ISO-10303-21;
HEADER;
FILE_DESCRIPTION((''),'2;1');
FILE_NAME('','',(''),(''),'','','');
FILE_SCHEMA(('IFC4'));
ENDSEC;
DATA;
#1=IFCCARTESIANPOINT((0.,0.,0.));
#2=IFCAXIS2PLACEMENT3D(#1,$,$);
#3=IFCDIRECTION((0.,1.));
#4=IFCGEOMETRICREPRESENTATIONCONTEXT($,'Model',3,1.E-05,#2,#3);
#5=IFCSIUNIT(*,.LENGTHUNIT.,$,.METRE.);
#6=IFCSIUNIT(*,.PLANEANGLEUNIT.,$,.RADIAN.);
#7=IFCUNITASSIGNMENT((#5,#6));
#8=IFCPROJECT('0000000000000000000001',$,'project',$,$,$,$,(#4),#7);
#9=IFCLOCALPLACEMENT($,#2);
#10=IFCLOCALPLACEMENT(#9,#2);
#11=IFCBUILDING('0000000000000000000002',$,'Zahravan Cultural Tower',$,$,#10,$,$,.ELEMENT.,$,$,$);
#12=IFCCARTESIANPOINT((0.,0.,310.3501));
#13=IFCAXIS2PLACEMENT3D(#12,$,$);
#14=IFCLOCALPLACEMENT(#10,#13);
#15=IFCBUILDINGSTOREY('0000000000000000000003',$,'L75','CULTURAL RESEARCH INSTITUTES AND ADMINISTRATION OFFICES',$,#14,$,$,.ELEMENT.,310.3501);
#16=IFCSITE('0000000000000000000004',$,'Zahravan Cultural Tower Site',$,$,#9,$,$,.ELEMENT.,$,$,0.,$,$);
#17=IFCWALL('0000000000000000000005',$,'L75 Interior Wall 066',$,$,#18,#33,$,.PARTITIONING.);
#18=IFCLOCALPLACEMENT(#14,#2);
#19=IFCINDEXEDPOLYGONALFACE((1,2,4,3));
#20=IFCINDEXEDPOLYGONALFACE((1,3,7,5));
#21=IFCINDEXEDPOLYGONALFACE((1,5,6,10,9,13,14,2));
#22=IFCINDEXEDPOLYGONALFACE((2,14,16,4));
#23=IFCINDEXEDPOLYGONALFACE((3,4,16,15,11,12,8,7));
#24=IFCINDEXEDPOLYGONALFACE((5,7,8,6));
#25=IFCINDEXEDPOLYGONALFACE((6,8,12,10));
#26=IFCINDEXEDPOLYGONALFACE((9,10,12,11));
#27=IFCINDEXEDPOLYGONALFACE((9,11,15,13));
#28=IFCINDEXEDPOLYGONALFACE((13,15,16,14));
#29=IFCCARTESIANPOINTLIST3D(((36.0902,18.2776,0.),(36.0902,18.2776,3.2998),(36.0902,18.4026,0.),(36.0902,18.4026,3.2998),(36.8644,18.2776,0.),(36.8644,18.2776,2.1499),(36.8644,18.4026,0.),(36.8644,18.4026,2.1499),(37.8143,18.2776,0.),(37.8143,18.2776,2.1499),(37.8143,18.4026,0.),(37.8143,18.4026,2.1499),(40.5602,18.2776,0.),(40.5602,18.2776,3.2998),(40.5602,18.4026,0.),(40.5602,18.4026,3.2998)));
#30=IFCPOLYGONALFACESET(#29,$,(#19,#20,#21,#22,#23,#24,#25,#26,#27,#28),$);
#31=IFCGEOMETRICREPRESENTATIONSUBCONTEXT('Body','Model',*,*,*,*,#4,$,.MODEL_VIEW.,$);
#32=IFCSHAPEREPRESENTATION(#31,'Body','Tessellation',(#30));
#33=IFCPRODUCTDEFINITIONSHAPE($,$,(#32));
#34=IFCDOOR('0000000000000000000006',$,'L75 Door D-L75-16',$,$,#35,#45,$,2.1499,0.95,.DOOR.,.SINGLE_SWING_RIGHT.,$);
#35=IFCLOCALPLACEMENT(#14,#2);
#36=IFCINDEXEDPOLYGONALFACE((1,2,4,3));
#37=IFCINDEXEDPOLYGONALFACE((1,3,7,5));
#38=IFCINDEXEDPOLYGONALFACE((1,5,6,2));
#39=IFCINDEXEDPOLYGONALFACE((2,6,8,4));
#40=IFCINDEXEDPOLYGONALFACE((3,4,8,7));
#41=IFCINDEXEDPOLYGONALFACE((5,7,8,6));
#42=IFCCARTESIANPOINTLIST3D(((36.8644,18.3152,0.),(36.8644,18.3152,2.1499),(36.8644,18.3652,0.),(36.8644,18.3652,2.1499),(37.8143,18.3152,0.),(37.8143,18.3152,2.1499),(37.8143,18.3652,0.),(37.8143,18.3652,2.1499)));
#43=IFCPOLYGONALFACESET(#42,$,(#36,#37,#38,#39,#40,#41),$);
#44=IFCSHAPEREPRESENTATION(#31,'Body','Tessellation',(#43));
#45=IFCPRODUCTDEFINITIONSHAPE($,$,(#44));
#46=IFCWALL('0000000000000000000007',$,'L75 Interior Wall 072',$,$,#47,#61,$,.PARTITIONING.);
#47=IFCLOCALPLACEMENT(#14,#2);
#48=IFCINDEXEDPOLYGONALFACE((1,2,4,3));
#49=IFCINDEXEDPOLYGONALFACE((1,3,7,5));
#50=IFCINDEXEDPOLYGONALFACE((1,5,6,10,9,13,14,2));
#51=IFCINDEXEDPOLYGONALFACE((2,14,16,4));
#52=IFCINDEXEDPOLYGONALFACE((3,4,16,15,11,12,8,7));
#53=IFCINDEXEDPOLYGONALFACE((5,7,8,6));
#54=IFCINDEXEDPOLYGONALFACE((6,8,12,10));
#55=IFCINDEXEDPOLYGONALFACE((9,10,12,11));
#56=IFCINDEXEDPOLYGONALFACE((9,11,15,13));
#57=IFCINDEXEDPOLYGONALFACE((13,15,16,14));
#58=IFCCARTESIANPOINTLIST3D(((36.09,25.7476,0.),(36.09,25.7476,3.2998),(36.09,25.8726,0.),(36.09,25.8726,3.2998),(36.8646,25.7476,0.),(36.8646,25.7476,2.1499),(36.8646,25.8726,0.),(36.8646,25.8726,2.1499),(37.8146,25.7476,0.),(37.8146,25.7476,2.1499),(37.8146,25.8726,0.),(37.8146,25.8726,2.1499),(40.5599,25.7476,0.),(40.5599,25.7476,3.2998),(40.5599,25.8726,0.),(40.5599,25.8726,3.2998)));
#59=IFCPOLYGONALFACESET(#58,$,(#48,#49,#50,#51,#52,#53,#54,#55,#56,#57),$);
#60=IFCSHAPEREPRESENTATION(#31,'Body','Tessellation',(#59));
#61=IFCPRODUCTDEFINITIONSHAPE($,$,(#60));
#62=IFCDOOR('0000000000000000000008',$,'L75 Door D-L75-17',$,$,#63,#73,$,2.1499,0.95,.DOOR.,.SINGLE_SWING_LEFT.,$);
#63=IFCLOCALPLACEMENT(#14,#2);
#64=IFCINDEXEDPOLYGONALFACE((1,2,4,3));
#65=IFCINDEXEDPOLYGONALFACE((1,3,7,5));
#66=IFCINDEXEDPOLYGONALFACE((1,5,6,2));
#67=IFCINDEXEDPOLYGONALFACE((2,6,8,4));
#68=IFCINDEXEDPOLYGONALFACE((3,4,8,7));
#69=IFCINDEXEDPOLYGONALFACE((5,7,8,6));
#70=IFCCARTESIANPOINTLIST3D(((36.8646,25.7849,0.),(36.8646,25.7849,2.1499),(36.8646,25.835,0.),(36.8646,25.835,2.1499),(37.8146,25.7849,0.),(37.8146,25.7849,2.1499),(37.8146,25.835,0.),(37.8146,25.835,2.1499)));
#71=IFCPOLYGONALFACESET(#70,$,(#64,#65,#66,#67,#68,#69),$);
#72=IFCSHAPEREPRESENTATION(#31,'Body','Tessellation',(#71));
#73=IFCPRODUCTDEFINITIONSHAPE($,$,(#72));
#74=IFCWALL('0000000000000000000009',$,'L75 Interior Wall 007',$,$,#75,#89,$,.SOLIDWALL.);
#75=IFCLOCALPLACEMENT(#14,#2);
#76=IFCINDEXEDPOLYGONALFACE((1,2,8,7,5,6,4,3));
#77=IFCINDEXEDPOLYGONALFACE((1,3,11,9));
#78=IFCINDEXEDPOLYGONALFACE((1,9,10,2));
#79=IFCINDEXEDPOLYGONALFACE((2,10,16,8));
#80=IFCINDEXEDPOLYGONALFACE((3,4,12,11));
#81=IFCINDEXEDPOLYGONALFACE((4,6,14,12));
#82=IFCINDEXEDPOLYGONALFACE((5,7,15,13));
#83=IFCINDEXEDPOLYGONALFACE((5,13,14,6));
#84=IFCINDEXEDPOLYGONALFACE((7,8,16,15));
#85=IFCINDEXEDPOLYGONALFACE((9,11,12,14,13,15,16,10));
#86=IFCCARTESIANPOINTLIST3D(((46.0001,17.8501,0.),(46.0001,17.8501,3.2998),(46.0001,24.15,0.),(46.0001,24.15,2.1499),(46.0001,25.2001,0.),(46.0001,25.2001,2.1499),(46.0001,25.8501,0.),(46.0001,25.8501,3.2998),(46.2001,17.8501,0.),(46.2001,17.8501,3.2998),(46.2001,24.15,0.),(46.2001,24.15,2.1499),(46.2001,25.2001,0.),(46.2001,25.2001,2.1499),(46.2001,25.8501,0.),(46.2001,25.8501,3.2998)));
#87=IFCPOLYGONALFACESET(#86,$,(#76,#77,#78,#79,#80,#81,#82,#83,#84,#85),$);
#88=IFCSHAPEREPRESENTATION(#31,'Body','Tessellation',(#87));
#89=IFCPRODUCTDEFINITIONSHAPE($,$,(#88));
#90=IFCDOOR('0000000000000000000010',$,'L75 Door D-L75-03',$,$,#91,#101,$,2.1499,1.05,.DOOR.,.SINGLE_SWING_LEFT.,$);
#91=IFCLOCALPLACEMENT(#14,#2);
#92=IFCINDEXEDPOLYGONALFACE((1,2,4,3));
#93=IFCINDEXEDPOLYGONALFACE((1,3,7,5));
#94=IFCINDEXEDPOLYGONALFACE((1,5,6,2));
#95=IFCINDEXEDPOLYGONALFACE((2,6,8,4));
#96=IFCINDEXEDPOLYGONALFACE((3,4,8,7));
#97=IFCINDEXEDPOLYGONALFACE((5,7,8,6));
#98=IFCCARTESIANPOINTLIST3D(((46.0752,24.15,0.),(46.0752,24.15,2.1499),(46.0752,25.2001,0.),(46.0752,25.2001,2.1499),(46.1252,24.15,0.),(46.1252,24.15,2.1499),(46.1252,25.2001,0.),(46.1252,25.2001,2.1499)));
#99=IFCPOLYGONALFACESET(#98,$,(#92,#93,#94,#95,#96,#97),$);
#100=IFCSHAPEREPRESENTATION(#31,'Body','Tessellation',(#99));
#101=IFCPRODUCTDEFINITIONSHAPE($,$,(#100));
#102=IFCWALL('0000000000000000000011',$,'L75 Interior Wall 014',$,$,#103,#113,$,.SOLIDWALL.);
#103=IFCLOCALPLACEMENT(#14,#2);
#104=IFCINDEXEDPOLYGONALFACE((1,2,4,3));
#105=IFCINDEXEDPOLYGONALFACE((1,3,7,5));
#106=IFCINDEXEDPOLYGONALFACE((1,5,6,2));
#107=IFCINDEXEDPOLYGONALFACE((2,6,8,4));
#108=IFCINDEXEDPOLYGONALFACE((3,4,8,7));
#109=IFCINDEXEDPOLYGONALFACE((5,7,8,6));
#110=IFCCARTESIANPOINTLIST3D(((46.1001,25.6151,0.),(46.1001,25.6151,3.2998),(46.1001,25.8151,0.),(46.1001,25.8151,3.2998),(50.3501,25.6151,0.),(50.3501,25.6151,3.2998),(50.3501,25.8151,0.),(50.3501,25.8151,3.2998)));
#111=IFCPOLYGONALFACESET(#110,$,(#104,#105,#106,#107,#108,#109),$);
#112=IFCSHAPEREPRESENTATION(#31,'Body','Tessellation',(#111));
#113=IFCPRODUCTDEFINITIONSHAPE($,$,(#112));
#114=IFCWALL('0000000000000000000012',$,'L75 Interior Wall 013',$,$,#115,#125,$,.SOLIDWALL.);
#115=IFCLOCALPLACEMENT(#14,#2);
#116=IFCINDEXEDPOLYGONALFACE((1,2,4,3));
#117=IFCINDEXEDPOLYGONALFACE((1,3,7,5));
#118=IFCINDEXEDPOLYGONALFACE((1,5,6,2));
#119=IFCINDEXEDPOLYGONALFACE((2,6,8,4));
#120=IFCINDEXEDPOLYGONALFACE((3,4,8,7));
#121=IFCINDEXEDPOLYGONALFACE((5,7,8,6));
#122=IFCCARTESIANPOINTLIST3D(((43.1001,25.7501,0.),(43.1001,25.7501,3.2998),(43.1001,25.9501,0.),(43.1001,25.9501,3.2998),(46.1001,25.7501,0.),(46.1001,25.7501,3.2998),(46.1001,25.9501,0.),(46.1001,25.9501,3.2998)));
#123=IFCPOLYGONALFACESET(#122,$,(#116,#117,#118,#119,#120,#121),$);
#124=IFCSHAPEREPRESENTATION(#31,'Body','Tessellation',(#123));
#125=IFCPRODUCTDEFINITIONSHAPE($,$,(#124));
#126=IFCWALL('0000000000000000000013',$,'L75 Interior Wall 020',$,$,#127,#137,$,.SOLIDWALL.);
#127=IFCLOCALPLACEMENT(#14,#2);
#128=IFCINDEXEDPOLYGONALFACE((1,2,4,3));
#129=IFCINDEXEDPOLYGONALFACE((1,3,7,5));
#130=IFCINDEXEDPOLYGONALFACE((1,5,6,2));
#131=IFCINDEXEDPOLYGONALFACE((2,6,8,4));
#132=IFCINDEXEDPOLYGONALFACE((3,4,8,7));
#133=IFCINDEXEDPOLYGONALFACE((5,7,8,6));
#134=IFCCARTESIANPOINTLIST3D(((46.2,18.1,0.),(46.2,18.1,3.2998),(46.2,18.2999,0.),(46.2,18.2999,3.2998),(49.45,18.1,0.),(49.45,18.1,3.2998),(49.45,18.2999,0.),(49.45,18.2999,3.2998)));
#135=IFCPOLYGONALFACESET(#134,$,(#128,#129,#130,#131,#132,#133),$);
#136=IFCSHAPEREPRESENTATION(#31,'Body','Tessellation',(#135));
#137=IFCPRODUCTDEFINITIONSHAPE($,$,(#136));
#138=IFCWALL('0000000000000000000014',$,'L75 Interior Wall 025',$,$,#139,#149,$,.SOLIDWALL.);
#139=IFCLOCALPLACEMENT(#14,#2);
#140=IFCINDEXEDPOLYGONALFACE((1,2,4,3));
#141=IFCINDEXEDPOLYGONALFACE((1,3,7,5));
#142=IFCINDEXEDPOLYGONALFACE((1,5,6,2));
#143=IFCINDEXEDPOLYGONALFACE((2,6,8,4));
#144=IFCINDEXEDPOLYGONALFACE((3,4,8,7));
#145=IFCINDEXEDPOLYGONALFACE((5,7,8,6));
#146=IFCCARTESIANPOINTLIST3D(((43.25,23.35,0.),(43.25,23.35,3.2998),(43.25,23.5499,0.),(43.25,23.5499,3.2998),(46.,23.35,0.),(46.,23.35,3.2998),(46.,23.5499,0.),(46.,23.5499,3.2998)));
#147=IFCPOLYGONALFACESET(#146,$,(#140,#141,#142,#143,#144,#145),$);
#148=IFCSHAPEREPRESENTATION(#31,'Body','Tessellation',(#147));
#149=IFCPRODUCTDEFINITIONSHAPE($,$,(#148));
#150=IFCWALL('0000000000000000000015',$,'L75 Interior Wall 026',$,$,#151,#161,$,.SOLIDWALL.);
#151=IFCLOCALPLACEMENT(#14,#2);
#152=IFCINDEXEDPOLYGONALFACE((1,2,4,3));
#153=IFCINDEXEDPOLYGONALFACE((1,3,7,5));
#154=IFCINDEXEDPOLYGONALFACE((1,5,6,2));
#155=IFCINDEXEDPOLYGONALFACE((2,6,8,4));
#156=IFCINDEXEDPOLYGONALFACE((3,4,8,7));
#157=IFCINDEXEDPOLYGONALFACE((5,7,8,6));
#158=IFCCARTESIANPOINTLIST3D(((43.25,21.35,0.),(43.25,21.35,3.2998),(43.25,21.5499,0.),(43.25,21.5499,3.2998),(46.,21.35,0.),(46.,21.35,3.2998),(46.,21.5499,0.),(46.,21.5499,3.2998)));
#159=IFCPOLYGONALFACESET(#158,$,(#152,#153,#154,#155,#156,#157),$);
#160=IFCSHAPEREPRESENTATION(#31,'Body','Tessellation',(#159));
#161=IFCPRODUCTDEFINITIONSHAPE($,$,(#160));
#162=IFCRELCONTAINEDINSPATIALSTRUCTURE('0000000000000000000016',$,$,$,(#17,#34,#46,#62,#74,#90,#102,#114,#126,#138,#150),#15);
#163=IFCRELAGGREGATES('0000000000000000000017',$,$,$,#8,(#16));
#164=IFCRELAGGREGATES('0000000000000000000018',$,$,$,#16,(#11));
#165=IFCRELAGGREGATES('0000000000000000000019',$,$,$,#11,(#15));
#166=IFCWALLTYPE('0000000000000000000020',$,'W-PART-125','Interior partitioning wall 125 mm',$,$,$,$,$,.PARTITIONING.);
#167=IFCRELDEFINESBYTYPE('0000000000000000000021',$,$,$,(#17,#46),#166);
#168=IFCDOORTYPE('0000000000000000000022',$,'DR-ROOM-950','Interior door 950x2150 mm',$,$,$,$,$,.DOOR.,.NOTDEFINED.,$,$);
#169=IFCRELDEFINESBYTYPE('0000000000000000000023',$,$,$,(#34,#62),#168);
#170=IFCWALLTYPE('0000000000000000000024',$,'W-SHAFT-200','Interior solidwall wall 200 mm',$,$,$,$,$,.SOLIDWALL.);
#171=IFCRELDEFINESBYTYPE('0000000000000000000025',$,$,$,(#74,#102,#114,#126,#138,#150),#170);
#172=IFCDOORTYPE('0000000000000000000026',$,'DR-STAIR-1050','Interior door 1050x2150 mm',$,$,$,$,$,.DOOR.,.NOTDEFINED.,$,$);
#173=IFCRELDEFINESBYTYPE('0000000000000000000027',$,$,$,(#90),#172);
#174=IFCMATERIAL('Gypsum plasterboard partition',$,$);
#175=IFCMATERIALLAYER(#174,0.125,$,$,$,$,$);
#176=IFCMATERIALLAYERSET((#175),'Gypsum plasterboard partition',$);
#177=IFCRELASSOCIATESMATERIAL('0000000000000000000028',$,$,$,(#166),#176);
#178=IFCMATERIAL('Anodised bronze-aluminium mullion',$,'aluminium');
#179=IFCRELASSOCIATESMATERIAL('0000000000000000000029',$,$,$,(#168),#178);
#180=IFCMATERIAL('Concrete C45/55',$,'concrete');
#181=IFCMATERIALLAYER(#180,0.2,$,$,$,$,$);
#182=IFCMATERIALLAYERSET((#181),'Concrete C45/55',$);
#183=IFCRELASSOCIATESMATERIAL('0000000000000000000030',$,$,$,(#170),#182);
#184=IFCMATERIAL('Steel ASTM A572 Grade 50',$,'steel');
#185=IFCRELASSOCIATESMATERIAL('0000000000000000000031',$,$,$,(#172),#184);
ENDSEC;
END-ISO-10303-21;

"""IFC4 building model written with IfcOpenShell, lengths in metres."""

from ifc_helpers import new_model, si_unit, direction, frame, frame_2d, origin, place, context, subcontext, project, spatial, rectangle, extrude, source, transform, mapped, material, layer, layer_set, type_object, element, fill, save


model = new_model("IFC4")

# Units and contexts
model_context = context("Model", 3, precision=1e-05, world=origin(), true_north=direction((0.0, 1.0)))
body_context = subcontext(model_context, "Body", "Model", "MODEL_VIEW")
ifc_project = project(units=[si_unit("LENGTHUNIT", "METRE"), si_unit("PLANEANGLEUNIT", "RADIAN")], contexts=[model_context])

# Site, building, storey
site_placement = place(None, origin())
site = spatial("IfcSite", under=ifc_project, at=site_placement, Name="Zahravan Cultural Tower Site", CompositionType="ELEMENT", RefElevation=0.0)
building_placement = place(site_placement, origin())
building = spatial("IfcBuilding", under=site, at=building_placement, Name="Zahravan Cultural Tower", CompositionType="ELEMENT")
storey_placement = place(building_placement, frame((0.0, 0.0, 310.3501)))
storey = spatial("IfcBuildingStorey", under=building, at=storey_placement, Name="L75", Description="CULTURAL RESEARCH INSTITUTES AND ADMINISTRATION OFFICES", CompositionType="ELEMENT", Elevation=310.3501)

# Walls, openings, doors
ifc_material_1 = material(Name="Gypsum plasterboard partition")
ifc_layer_1 = layer(ifc_material_1, 0.125)
ifc_layer_set_1 = layer_set([ifc_layer_1], Name="Gypsum plasterboard partition")
wall_type_1 = type_object("IfcWallType", Name="W-PART-125", Description="Interior partitioning wall 125 mm", PredefinedType="PARTITIONING", material=ifc_layer_set_1)
ifc_material_2 = material(Name="Anodised bronze-aluminium mullion", Category="aluminium")
door_type_1 = type_object("IfcDoorType", Name="DR-ROOM-950", Description="Interior door 950x2150 mm", OperationType="NOTDEFINED", PredefinedType="DOOR", material=ifc_material_2)
shared_shape_1 = source(origin(), body_context, "Body", "SweptSolid", [
    extrude(rectangle(XDim=0.95, YDim=2.1499, at=frame_2d((0.4751, 1.075))), frame((0.0, 0.0249, 0.0), z_axis=(0.0, -1.0, 0.0), x_axis=(1.0, 0.0, 0.0)), (0.0, 0.0, 1.0), 0.05),
])
wall_1_placement = place(storey_placement, frame((40.5601, 18.3401, 0.0), z_axis=(0.0, 0.0, 1.0), x_axis=(-1.0, 0.0, 0.0)))
wall_1 = element("IfcWall", 1, at=wall_1_placement, inside=storey, type_object=wall_type_1, Name="L75 Interior Wall 066", PredefinedType="PARTITIONING", context=body_context, shape_type="SweptSolid", body=[
    extrude(rectangle(XDim=4.47, YDim=0.125, at=frame_2d((2.2349, 0.0))), origin(), (0.0, 0.0, 1.0), 3.2998),
])
opening_1_placement = place(wall_1_placement, frame((2.7456, 0.0, 0.0)))
opening_1 = element("IfcOpeningElement", 2, at=opening_1_placement, cuts=wall_1, PredefinedType="OPENING", context=body_context, shape_type="SweptSolid", body=[
    extrude(rectangle(XDim=0.95, YDim=2.1499, at=frame_2d((0.4751, 1.075))), frame((0.0, 0.0725, 0.0), z_axis=(0.0, -1.0, 0.0), x_axis=(1.0, 0.0, 0.0)), (0.0, 0.0, 1.0), 0.145),
])
door_1_placement = place(opening_1_placement, origin())
door_1 = element("IfcDoor", 3, at=door_1_placement, inside=storey, type_object=door_type_1, Name="L75 Door D-L75-16", OperationType="SINGLE_SWING_RIGHT", OverallHeight=2.1499, OverallWidth=0.95, PredefinedType="DOOR", context=body_context, shape_type="MappedRepresentation", body=[
    mapped(shared_shape_1, transform((0.0, 0.0, 0.0), x_axis=(1.0, 0.0, 0.0), y_axis=(0.0, 1.0, 0.0), z_axis=(0.0, 0.0, 1.0), scale=1.0)),
])
fill(opening_1, door_1)
wall_2_placement = place(storey_placement, frame((36.0901, 25.8101, 0.0), z_axis=(0.0, 0.0, 1.0), x_axis=(1.0, 0.0, 0.0)))
wall_2 = element("IfcWall", 4, at=wall_2_placement, inside=storey, type_object=wall_type_1, Name="L75 Interior Wall 072", PredefinedType="PARTITIONING", context=body_context, shape_type="SweptSolid", body=[
    extrude(rectangle(XDim=4.47, YDim=0.125, at=frame_2d((2.2349, 0.0))), origin(), (0.0, 0.0, 1.0), 3.2998),
])
opening_2_placement = place(wall_2_placement, frame((0.7744, 0.0, 0.0)))
opening_2 = element("IfcOpeningElement", 5, at=opening_2_placement, cuts=wall_2, PredefinedType="OPENING", context=body_context, shape_type="SweptSolid", body=[
    extrude(rectangle(XDim=0.95, YDim=2.1499, at=frame_2d((0.4751, 1.075))), frame((0.0, 0.0725, 0.0), z_axis=(0.0, -1.0, 0.0), x_axis=(1.0, 0.0, 0.0)), (0.0, 0.0, 1.0), 0.145),
])
door_2_placement = place(opening_2_placement, origin())
door_2 = element("IfcDoor", 6, at=door_2_placement, inside=storey, type_object=door_type_1, Name="L75 Door D-L75-17", OperationType="SINGLE_SWING_LEFT", OverallHeight=2.1499, OverallWidth=0.95, PredefinedType="DOOR", context=body_context, shape_type="MappedRepresentation", body=[
    mapped(shared_shape_1, transform((0.0, 0.0, 0.0), x_axis=(1.0, 0.0, 0.0), y_axis=(0.0, 1.0, 0.0), z_axis=(0.0, 0.0, 1.0), scale=1.0)),
])
fill(opening_2, door_2)
ifc_material_3 = material(Name="Concrete C45/55", Category="concrete")
ifc_layer_2 = layer(ifc_material_3, 0.2)
ifc_layer_set_2 = layer_set([ifc_layer_2], Name="Concrete C45/55")
wall_type_2 = type_object("IfcWallType", Name="W-SHAFT-200", Description="Interior solidwall wall 200 mm", PredefinedType="SOLIDWALL", material=ifc_layer_set_2)
wall_3_placement = place(storey_placement, frame((46.1001, 17.8501, 0.0), z_axis=(0.0, 0.0, 1.0), x_axis=(0.0, 1.0, 0.0)))
wall_3 = element("IfcWall", 7, at=wall_3_placement, inside=storey, type_object=wall_type_2, Name="L75 Interior Wall 007", PredefinedType="SOLIDWALL", context=body_context, shape_type="SweptSolid", body=[
    extrude(rectangle(XDim=8.0, YDim=0.2, at=frame_2d((4.0, 0.0))), origin(), (0.0, 0.0, 1.0), 3.2998),
])
opening_3_placement = place(wall_3_placement, frame((6.3, 0.0, 0.0)))
opening_3 = element("IfcOpeningElement", 8, at=opening_3_placement, cuts=wall_3, PredefinedType="OPENING", context=body_context, shape_type="SweptSolid", body=[
    extrude(rectangle(XDim=1.05, YDim=2.1499, at=frame_2d((0.5249, 1.075))), frame((0.0, 0.1099, 0.0), z_axis=(0.0, -1.0, 0.0), x_axis=(1.0, 0.0, 0.0)), (0.0, 0.0, 1.0), 0.22),
])
ifc_material_4 = material(Name="Steel ASTM A572 Grade 50", Category="steel")
door_type_2 = type_object("IfcDoorType", Name="DR-STAIR-1050", Description="Interior door 1050x2150 mm", OperationType="NOTDEFINED", PredefinedType="DOOR", material=ifc_material_4)
shared_shape_2 = source(origin(), body_context, "Body", "SweptSolid", [
    extrude(rectangle(XDim=1.05, YDim=2.1499, at=frame_2d((0.5249, 1.075))), frame((0.0, 0.0249, 0.0), z_axis=(0.0, -1.0, 0.0), x_axis=(1.0, 0.0, 0.0)), (0.0, 0.0, 1.0), 0.05),
])
door_3_placement = place(opening_3_placement, origin())
door_3 = element("IfcDoor", 9, at=door_3_placement, inside=storey, type_object=door_type_2, Name="L75 Door D-L75-03", OperationType="SINGLE_SWING_LEFT", OverallHeight=2.1499, OverallWidth=1.05, PredefinedType="DOOR", context=body_context, shape_type="MappedRepresentation", body=[
    mapped(shared_shape_2, transform((0.0, 0.0, 0.0), x_axis=(1.0, 0.0, 0.0), y_axis=(0.0, 1.0, 0.0), z_axis=(0.0, 0.0, 1.0), scale=1.0)),
])
fill(opening_3, door_3)

# Walls
shared_shape_3 = source(origin(), body_context, "Body", "SweptSolid", [
    extrude(rectangle(XDim=4.25, YDim=0.2, at=frame_2d((2.125, 0.0))), origin(), (0.0, 0.0, 1.0), 3.2998),
])
wall_4_placement = place(storey_placement, frame((46.1001, 25.7151, 0.0), z_axis=(0.0, 0.0, 1.0), x_axis=(1.0, 0.0, 0.0)))
element("IfcWall", 10, at=wall_4_placement, inside=storey, type_object=wall_type_2, Name="L75 Interior Wall 014", PredefinedType="SOLIDWALL", context=body_context, shape_type="MappedRepresentation", body=[
    mapped(shared_shape_3, transform((0.0, 0.0, 0.0), x_axis=(1.0, 0.0, 0.0), y_axis=(0.0, 1.0, 0.0), z_axis=(0.0, 0.0, 1.0), scale=1.0)),
])
shared_shape_4 = source(origin(), body_context, "Body", "SweptSolid", [
    extrude(rectangle(XDim=3.0, YDim=0.2, at=frame_2d((1.5, 0.0))), origin(), (0.0, 0.0, 1.0), 3.2998),
])
wall_5_placement = place(storey_placement, frame((43.1001, 25.8501, 0.0), z_axis=(0.0, 0.0, 1.0), x_axis=(1.0, 0.0, 0.0)))
element("IfcWall", 11, at=wall_5_placement, inside=storey, type_object=wall_type_2, Name="L75 Interior Wall 013", PredefinedType="SOLIDWALL", context=body_context, shape_type="MappedRepresentation", body=[
    mapped(shared_shape_4, transform((0.0, 0.0, 0.0), x_axis=(1.0, 0.0, 0.0), y_axis=(0.0, 1.0, 0.0), z_axis=(0.0, 0.0, 1.0), scale=1.0)),
])
shared_shape_5 = source(origin(), body_context, "Body", "SweptSolid", [
    extrude(rectangle(XDim=3.25, YDim=0.2, at=frame_2d((1.625, 0.0))), origin(), (0.0, 0.0, 1.0), 3.2998),
])
wall_6_placement = place(storey_placement, frame((46.2, 18.2, 0.0), z_axis=(0.0, 0.0, 1.0), x_axis=(1.0, 0.0, 0.0)))
element("IfcWall", 12, at=wall_6_placement, inside=storey, type_object=wall_type_2, Name="L75 Interior Wall 020", PredefinedType="SOLIDWALL", context=body_context, shape_type="MappedRepresentation", body=[
    mapped(shared_shape_5, transform((0.0, 0.0, 0.0), x_axis=(1.0, 0.0, 0.0), y_axis=(0.0, 1.0, 0.0), z_axis=(0.0, 0.0, 1.0), scale=1.0)),
])
shared_shape_6 = source(origin(), body_context, "Body", "SweptSolid", [
    extrude(rectangle(XDim=2.75, YDim=0.2, at=frame_2d((1.375, 0.0))), origin(), (0.0, 0.0, 1.0), 3.2998),
])
for number, where, z_axis, x_axis, name in (
    (13, (43.25, 23.45, 0.0), (0.0, 0.0, 1.0), (1.0, 0.0, 0.0), "L75 Interior Wall 025"),
    (14, (43.25, 21.45, 0.0), (0.0, 0.0, 1.0), (1.0, 0.0, 0.0), "L75 Interior Wall 026"),
):
    element("IfcWall", number, at=place(storey_placement, frame(where, z_axis=z_axis, x_axis=x_axis)), inside=storey, type_object=wall_type_2, Name=name, PredefinedType="SOLIDWALL", context=body_context, shape_type="MappedRepresentation", body=[
        mapped(shared_shape_6, transform((0.0, 0.0, 0.0), x_axis=(1.0, 0.0, 0.0), y_axis=(0.0, 1.0, 0.0), z_axis=(0.0, 0.0, 1.0), scale=1.0)),
    ])

save(model, "model.ifc")
